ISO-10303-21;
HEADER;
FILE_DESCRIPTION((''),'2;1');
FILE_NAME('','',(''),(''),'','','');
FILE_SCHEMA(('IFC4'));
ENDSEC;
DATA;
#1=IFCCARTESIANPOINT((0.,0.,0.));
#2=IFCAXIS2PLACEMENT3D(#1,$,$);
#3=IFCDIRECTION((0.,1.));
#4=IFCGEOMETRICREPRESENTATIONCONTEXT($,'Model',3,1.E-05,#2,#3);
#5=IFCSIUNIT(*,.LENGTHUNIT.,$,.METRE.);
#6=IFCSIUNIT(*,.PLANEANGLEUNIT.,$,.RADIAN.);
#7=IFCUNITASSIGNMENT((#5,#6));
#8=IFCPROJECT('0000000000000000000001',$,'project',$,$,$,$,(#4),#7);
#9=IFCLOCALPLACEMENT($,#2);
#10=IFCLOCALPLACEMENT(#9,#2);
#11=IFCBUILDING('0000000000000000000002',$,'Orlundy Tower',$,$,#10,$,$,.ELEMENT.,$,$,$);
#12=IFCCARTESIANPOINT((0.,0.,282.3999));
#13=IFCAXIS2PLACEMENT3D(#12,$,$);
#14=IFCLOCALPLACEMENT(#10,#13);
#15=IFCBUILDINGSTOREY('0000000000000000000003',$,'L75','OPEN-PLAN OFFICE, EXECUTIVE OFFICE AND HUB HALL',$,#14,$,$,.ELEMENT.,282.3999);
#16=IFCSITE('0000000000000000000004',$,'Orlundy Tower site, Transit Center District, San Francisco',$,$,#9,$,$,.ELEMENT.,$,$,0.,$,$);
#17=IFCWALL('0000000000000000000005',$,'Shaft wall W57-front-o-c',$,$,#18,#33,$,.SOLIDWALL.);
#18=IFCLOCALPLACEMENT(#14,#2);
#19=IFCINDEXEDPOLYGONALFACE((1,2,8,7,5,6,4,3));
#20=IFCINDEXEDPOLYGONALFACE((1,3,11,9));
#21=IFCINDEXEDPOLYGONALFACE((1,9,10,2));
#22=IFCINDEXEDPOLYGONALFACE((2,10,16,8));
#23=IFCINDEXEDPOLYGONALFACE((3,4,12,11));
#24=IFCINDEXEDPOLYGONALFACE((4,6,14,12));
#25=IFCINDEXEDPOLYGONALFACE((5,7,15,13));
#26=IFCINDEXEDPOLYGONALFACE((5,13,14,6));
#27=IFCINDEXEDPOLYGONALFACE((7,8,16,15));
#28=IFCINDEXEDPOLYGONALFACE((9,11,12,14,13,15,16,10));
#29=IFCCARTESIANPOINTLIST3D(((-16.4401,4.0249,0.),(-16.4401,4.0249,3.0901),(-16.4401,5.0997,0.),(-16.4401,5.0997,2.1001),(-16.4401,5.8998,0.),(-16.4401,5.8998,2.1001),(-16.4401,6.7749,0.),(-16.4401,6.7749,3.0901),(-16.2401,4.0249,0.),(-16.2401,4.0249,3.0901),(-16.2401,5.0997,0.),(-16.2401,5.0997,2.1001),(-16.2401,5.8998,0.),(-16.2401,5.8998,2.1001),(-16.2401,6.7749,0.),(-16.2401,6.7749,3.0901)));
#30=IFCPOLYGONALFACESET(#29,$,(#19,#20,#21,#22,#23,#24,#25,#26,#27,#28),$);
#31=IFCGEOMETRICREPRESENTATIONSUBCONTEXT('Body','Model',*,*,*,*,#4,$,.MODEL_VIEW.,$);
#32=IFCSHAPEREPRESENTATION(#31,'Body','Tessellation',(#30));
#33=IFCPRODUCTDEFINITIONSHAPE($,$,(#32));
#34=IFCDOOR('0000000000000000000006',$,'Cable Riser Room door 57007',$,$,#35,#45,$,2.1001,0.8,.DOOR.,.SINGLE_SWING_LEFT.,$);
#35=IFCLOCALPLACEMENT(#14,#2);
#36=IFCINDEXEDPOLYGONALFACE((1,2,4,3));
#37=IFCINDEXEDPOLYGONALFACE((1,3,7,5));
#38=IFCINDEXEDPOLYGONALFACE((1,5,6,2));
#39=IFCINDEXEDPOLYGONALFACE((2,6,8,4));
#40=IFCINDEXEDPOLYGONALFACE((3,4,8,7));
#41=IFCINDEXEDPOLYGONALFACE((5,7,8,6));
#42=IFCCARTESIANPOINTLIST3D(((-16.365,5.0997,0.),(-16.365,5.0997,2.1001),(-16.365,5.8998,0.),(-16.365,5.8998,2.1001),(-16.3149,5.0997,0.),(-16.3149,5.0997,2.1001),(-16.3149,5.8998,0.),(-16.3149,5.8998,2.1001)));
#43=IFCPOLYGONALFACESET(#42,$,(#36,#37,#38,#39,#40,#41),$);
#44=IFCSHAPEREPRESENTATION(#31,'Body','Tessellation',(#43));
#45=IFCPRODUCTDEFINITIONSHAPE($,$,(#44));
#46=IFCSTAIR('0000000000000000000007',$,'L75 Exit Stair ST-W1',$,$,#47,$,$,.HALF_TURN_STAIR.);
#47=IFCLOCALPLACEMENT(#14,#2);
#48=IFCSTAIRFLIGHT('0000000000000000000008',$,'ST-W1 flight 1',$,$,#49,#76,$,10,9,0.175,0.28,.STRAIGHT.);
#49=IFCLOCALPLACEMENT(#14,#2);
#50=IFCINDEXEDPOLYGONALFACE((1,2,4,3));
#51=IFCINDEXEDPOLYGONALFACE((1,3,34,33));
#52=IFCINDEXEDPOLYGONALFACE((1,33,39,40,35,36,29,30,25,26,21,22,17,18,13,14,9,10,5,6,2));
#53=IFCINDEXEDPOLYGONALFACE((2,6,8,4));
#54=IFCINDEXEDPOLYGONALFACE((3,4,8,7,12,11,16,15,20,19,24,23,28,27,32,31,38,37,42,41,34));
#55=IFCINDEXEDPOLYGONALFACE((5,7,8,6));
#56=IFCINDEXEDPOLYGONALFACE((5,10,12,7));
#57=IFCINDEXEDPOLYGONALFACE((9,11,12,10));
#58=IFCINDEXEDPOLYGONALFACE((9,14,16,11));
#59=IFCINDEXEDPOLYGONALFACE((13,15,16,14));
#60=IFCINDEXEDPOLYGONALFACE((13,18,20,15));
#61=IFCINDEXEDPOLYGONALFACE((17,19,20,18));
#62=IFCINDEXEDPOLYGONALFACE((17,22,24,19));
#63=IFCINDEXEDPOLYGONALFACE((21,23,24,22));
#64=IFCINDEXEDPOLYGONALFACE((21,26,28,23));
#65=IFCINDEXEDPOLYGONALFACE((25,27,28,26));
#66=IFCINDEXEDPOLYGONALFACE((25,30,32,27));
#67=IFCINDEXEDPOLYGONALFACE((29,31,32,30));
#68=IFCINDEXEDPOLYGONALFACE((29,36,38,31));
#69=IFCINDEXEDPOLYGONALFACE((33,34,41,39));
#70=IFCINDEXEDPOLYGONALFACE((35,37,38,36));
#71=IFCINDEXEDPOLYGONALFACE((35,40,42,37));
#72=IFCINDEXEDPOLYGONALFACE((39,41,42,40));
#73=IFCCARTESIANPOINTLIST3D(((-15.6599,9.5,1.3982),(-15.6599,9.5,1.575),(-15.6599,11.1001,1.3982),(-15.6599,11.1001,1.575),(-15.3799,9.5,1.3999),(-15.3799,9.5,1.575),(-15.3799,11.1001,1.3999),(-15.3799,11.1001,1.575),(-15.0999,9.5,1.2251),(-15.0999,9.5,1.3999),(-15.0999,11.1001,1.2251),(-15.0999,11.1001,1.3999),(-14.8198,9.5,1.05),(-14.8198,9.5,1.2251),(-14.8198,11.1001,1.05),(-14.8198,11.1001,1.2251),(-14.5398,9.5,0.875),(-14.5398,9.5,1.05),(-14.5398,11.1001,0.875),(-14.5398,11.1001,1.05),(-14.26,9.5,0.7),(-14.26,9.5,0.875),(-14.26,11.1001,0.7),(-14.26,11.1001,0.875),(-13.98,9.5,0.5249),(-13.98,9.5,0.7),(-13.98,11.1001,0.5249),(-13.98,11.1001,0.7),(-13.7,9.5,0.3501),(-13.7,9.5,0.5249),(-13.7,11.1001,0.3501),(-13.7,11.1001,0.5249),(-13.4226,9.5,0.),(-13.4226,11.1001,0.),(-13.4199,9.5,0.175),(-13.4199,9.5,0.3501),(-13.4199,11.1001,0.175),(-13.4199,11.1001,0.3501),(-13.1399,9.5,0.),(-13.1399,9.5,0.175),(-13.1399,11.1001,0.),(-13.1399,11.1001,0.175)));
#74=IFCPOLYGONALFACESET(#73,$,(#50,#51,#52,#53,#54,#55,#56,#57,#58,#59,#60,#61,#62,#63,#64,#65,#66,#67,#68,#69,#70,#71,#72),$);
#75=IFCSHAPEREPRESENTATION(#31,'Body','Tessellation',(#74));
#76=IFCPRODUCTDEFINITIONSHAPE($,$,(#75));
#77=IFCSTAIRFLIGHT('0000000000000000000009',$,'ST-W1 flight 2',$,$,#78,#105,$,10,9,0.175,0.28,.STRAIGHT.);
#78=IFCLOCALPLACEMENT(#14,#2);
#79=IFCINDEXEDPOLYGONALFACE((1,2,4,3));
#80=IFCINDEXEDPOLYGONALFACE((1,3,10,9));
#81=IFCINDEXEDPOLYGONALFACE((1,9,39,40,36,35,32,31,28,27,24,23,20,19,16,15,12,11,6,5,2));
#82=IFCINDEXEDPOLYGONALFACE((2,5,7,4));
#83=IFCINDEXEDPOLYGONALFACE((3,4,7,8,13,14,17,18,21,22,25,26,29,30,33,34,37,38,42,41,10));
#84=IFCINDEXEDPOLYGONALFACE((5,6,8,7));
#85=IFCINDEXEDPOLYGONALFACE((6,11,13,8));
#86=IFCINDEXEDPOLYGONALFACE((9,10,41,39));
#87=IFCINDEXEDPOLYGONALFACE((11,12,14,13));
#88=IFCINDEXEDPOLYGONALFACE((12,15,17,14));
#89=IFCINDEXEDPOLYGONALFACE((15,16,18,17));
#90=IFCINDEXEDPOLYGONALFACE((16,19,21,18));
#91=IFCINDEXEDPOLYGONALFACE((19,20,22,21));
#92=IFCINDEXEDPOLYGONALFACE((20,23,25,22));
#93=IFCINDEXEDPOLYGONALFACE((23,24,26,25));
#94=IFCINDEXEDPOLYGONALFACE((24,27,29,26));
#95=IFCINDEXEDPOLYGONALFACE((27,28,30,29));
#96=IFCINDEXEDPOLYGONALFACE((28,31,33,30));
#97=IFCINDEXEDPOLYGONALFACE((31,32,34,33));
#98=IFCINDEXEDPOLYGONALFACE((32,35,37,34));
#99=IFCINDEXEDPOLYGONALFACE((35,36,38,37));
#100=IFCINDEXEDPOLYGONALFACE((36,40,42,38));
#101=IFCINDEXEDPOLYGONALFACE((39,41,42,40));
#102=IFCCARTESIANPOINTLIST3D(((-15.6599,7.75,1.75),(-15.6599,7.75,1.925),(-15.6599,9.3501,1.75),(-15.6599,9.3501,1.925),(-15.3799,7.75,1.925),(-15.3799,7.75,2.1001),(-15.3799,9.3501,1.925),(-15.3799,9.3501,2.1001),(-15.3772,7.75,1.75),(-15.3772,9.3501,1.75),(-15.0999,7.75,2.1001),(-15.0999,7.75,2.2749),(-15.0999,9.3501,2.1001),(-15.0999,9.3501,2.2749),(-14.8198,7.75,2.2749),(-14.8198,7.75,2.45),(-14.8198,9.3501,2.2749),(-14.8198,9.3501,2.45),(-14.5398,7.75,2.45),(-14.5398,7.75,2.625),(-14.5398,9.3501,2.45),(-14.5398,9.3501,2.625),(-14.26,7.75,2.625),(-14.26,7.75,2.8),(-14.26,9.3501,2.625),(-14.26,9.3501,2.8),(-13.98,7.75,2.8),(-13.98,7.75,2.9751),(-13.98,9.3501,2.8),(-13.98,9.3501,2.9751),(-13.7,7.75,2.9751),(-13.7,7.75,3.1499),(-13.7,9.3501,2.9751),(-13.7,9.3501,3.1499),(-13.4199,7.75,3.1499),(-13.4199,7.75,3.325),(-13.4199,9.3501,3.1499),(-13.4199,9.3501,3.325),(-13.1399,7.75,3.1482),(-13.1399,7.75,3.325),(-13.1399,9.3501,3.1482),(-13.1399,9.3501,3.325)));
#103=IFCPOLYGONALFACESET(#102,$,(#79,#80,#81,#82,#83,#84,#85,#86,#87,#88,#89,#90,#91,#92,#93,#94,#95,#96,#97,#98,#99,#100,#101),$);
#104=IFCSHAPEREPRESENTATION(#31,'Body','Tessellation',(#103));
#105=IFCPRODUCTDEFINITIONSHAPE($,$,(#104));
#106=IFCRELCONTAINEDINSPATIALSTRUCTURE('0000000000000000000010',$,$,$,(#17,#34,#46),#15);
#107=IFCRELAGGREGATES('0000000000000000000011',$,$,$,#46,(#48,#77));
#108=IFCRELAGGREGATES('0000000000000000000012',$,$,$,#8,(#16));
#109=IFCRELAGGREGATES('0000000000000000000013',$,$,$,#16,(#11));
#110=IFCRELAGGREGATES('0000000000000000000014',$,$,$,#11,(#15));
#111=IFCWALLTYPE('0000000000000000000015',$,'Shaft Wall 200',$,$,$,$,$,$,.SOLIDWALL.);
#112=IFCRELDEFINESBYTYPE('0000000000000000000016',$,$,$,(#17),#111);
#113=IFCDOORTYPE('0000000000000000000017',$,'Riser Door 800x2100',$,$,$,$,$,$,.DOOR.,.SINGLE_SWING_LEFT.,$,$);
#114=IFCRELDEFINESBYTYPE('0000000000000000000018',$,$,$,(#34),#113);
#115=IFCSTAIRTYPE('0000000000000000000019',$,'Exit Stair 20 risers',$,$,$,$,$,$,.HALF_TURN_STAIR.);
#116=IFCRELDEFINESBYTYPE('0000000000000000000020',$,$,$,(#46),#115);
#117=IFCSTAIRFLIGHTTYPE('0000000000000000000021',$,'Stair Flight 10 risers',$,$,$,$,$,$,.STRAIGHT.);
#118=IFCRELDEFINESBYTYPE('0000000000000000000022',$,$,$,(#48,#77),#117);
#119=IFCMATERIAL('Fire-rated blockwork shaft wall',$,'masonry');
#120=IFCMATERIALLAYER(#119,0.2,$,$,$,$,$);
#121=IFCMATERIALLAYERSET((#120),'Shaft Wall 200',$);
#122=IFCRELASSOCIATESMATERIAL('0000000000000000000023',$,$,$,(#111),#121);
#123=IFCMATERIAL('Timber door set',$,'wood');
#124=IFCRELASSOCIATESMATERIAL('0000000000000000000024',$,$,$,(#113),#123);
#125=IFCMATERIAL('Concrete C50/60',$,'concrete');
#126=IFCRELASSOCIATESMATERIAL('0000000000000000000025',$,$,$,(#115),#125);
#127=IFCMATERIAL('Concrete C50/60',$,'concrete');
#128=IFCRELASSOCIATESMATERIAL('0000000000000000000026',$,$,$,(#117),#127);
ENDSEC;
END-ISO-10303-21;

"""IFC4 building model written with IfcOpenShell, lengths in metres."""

from ifc_helpers import new_model, si_unit, direction, frame, frame_2d, origin, place, context, subcontext, project, spatial, polyline, rectangle, outline, extrude, material, layer, layer_set, type_object, element, fill, aggregate, save


model = new_model("IFC4")

# Units and contexts
model_context = context("Model", 3, precision=1e-05, world=origin(), true_north=direction((0.0, 1.0)))
body_context = subcontext(model_context, "Body", "Model", "MODEL_VIEW")
ifc_project = project(units=[si_unit("LENGTHUNIT", "METRE"), si_unit("PLANEANGLEUNIT", "RADIAN")], contexts=[model_context])

# Site, building, storey
site_placement = place(None, origin())
site = spatial("IfcSite", under=ifc_project, at=site_placement, Name="Orlundy Tower site, Transit Center District, San Francisco", CompositionType="ELEMENT", RefElevation=0.0)
building_placement = place(site_placement, origin())
building = spatial("IfcBuilding", under=site, at=building_placement, Name="Orlundy Tower", CompositionType="ELEMENT")
storey_placement = place(building_placement, frame((0.0, 0.0, 282.3999)))
storey = spatial("IfcBuildingStorey", under=building, at=storey_placement, Name="L75", Description="OPEN-PLAN OFFICE, EXECUTIVE OFFICE AND HUB HALL", CompositionType="ELEMENT", Elevation=282.3999)

# Shared definitions
ifc_material_1 = material(Name="Fire-rated blockwork shaft wall", Category="masonry")
ifc_layer_1 = layer(ifc_material_1, 0.2)
ifc_layer_set_1 = layer_set([ifc_layer_1], Name="Shaft Wall 200")
wall_type_1 = type_object("IfcWallType", Name="Shaft Wall 200", PredefinedType="SOLIDWALL", material=ifc_layer_set_1)

# Wall, opening, door
wall_1_placement = place(storey_placement, frame((-16.3401, 4.0249, 0.0), z_axis=(0.0, 0.0, 1.0), x_axis=(0.0, 1.0, 0.0)))
wall_1 = element("IfcWall", 1, at=wall_1_placement, inside=storey, type_object=wall_type_1, Name="Shaft wall W57-front-o-c", PredefinedType="SOLIDWALL", context=body_context, shape_type="SweptSolid", body=[
    extrude(rectangle(XDim=2.75, YDim=0.2, at=frame_2d((1.375, 0.0))), origin(), (0.0, 0.0, 1.0), 3.0901),
])
opening_placement = place(wall_1_placement, frame((1.075, 0.0, 0.0)))
opening = element("IfcOpeningElement", 2, at=opening_placement, cuts=wall_1, PredefinedType="OPENING", context=body_context, shape_type="SweptSolid", body=[
    extrude(rectangle(XDim=0.8, YDim=2.1001, at=frame_2d((0.3999, 1.05))), frame((0.0, 0.1101, 0.0), z_axis=(0.0, -1.0, 0.0), x_axis=(1.0, 0.0, 0.0)), (0.0, 0.0, 1.0), 0.2202),
])
ifc_material_2 = material(Name="Timber door set", Category="wood")
door_type = type_object("IfcDoorType", Name="Riser Door 800x2100", OperationType="SINGLE_SWING_LEFT", PredefinedType="DOOR", material=ifc_material_2)
door_placement = place(opening_placement, origin())
door = element("IfcDoor", 3, at=door_placement, inside=storey, type_object=door_type, Name="Cable Riser Room door 57007", OperationType="SINGLE_SWING_LEFT", OverallHeight=2.1001, OverallWidth=0.8, PredefinedType="DOOR", context=body_context, shape_type="SweptSolid", body=[
    extrude(rectangle(XDim=0.8, YDim=2.1001, at=frame_2d((0.3999, 1.05))), frame((0.0, 0.0249, 0.0), z_axis=(0.0, -1.0, 0.0), x_axis=(1.0, 0.0, 0.0)), (0.0, 0.0, 1.0), 0.05),
])
fill(opening, door)

# Stair, stair flights
ifc_material_3 = material(Name="Concrete C50/60", Category="concrete")
stair_type = type_object("IfcStairType", Name="Exit Stair 20 risers", PredefinedType="HALF_TURN_STAIR", material=ifc_material_3)
stair_placement = place(storey_placement, origin())
stair = element("IfcStair", 4, at=stair_placement, inside=storey, type_object=stair_type, Name="L75 Exit Stair ST-W1", PredefinedType="HALF_TURN_STAIR")
ifc_material_4 = material(Name="Concrete C50/60", Category="concrete")
stair_flight_type = type_object("IfcStairFlightType", Name="Stair Flight 10 risers", PredefinedType="STRAIGHT", material=ifc_material_4)
stair_flight_1_placement = place(storey_placement, frame((-13.1399, 10.3, 0.0), z_axis=(0.0, 0.0, 1.0), x_axis=(-1.0, 0.0, 0.0)))
stair_flight_1 = element("IfcStairFlight", 5, at=stair_flight_1_placement, type_object=stair_flight_type, Name="ST-W1 flight 1", NumberOfRisers=10, NumberOfTreads=9, PredefinedType="STRAIGHT", RiserHeight=0.175, TreadLength=0.28, context=body_context, shape_type="SweptSolid", body=[
    extrude(outline(polyline([(0.0, 0.0), (0.0, 0.175), (0.28, 0.175), (0.28, 0.3501), (0.5601, 0.3501), (0.5601, 0.5249), (0.8401, 0.5249), (0.8401, 0.7), (1.1201, 0.7), (1.1201, 0.875), (1.3999, 0.875), (1.3999, 1.05), (1.6799, 1.05), (1.6799, 1.2251), (1.96, 1.2251), (1.96, 1.3999), (2.24, 1.3999), (2.24, 1.575), (2.52, 1.575), (2.52, 1.75), (2.52, 1.3982), (0.2827, 0.0), (0.0, 0.0)])), frame((0.0, 0.8, 0.0), z_axis=(0.0, -1.0, 0.0), x_axis=(1.0, 0.0, 0.0)), (0.0, 0.0, 1.0), 1.6001),
])
stair_flight_2_placement = place(storey_placement, frame((-15.6599, 8.55, 1.75), z_axis=(0.0, 0.0, 1.0), x_axis=(1.0, 0.0, 0.0)))
stair_flight_2 = element("IfcStairFlight", 6, at=stair_flight_2_placement, type_object=stair_flight_type, Name="ST-W1 flight 2", NumberOfRisers=10, NumberOfTreads=9, PredefinedType="STRAIGHT", RiserHeight=0.175, TreadLength=0.28, context=body_context, shape_type="SweptSolid", body=[
    extrude(outline(polyline([(0.0, 0.0), (0.0, 0.175), (0.28, 0.175), (0.28, 0.3501), (0.5601, 0.3501), (0.5601, 0.5249), (0.8401, 0.5249), (0.8401, 0.7), (1.1201, 0.7), (1.1201, 0.875), (1.3999, 0.875), (1.3999, 1.05), (1.6799, 1.05), (1.6799, 1.2251), (1.96, 1.2251), (1.96, 1.3999), (2.24, 1.3999), (2.24, 1.575), (2.52, 1.575), (2.52, 1.75), (2.52, 1.3982), (0.2827, 0.0), (0.0, 0.0)])), frame((0.0, 0.8, 0.0), z_axis=(0.0, -1.0, 0.0), x_axis=(1.0, 0.0, 0.0)), (0.0, 0.0, 1.0), 1.6001),
])
aggregate(stair, [stair_flight_1, stair_flight_2])

save(model, "model.ifc")
